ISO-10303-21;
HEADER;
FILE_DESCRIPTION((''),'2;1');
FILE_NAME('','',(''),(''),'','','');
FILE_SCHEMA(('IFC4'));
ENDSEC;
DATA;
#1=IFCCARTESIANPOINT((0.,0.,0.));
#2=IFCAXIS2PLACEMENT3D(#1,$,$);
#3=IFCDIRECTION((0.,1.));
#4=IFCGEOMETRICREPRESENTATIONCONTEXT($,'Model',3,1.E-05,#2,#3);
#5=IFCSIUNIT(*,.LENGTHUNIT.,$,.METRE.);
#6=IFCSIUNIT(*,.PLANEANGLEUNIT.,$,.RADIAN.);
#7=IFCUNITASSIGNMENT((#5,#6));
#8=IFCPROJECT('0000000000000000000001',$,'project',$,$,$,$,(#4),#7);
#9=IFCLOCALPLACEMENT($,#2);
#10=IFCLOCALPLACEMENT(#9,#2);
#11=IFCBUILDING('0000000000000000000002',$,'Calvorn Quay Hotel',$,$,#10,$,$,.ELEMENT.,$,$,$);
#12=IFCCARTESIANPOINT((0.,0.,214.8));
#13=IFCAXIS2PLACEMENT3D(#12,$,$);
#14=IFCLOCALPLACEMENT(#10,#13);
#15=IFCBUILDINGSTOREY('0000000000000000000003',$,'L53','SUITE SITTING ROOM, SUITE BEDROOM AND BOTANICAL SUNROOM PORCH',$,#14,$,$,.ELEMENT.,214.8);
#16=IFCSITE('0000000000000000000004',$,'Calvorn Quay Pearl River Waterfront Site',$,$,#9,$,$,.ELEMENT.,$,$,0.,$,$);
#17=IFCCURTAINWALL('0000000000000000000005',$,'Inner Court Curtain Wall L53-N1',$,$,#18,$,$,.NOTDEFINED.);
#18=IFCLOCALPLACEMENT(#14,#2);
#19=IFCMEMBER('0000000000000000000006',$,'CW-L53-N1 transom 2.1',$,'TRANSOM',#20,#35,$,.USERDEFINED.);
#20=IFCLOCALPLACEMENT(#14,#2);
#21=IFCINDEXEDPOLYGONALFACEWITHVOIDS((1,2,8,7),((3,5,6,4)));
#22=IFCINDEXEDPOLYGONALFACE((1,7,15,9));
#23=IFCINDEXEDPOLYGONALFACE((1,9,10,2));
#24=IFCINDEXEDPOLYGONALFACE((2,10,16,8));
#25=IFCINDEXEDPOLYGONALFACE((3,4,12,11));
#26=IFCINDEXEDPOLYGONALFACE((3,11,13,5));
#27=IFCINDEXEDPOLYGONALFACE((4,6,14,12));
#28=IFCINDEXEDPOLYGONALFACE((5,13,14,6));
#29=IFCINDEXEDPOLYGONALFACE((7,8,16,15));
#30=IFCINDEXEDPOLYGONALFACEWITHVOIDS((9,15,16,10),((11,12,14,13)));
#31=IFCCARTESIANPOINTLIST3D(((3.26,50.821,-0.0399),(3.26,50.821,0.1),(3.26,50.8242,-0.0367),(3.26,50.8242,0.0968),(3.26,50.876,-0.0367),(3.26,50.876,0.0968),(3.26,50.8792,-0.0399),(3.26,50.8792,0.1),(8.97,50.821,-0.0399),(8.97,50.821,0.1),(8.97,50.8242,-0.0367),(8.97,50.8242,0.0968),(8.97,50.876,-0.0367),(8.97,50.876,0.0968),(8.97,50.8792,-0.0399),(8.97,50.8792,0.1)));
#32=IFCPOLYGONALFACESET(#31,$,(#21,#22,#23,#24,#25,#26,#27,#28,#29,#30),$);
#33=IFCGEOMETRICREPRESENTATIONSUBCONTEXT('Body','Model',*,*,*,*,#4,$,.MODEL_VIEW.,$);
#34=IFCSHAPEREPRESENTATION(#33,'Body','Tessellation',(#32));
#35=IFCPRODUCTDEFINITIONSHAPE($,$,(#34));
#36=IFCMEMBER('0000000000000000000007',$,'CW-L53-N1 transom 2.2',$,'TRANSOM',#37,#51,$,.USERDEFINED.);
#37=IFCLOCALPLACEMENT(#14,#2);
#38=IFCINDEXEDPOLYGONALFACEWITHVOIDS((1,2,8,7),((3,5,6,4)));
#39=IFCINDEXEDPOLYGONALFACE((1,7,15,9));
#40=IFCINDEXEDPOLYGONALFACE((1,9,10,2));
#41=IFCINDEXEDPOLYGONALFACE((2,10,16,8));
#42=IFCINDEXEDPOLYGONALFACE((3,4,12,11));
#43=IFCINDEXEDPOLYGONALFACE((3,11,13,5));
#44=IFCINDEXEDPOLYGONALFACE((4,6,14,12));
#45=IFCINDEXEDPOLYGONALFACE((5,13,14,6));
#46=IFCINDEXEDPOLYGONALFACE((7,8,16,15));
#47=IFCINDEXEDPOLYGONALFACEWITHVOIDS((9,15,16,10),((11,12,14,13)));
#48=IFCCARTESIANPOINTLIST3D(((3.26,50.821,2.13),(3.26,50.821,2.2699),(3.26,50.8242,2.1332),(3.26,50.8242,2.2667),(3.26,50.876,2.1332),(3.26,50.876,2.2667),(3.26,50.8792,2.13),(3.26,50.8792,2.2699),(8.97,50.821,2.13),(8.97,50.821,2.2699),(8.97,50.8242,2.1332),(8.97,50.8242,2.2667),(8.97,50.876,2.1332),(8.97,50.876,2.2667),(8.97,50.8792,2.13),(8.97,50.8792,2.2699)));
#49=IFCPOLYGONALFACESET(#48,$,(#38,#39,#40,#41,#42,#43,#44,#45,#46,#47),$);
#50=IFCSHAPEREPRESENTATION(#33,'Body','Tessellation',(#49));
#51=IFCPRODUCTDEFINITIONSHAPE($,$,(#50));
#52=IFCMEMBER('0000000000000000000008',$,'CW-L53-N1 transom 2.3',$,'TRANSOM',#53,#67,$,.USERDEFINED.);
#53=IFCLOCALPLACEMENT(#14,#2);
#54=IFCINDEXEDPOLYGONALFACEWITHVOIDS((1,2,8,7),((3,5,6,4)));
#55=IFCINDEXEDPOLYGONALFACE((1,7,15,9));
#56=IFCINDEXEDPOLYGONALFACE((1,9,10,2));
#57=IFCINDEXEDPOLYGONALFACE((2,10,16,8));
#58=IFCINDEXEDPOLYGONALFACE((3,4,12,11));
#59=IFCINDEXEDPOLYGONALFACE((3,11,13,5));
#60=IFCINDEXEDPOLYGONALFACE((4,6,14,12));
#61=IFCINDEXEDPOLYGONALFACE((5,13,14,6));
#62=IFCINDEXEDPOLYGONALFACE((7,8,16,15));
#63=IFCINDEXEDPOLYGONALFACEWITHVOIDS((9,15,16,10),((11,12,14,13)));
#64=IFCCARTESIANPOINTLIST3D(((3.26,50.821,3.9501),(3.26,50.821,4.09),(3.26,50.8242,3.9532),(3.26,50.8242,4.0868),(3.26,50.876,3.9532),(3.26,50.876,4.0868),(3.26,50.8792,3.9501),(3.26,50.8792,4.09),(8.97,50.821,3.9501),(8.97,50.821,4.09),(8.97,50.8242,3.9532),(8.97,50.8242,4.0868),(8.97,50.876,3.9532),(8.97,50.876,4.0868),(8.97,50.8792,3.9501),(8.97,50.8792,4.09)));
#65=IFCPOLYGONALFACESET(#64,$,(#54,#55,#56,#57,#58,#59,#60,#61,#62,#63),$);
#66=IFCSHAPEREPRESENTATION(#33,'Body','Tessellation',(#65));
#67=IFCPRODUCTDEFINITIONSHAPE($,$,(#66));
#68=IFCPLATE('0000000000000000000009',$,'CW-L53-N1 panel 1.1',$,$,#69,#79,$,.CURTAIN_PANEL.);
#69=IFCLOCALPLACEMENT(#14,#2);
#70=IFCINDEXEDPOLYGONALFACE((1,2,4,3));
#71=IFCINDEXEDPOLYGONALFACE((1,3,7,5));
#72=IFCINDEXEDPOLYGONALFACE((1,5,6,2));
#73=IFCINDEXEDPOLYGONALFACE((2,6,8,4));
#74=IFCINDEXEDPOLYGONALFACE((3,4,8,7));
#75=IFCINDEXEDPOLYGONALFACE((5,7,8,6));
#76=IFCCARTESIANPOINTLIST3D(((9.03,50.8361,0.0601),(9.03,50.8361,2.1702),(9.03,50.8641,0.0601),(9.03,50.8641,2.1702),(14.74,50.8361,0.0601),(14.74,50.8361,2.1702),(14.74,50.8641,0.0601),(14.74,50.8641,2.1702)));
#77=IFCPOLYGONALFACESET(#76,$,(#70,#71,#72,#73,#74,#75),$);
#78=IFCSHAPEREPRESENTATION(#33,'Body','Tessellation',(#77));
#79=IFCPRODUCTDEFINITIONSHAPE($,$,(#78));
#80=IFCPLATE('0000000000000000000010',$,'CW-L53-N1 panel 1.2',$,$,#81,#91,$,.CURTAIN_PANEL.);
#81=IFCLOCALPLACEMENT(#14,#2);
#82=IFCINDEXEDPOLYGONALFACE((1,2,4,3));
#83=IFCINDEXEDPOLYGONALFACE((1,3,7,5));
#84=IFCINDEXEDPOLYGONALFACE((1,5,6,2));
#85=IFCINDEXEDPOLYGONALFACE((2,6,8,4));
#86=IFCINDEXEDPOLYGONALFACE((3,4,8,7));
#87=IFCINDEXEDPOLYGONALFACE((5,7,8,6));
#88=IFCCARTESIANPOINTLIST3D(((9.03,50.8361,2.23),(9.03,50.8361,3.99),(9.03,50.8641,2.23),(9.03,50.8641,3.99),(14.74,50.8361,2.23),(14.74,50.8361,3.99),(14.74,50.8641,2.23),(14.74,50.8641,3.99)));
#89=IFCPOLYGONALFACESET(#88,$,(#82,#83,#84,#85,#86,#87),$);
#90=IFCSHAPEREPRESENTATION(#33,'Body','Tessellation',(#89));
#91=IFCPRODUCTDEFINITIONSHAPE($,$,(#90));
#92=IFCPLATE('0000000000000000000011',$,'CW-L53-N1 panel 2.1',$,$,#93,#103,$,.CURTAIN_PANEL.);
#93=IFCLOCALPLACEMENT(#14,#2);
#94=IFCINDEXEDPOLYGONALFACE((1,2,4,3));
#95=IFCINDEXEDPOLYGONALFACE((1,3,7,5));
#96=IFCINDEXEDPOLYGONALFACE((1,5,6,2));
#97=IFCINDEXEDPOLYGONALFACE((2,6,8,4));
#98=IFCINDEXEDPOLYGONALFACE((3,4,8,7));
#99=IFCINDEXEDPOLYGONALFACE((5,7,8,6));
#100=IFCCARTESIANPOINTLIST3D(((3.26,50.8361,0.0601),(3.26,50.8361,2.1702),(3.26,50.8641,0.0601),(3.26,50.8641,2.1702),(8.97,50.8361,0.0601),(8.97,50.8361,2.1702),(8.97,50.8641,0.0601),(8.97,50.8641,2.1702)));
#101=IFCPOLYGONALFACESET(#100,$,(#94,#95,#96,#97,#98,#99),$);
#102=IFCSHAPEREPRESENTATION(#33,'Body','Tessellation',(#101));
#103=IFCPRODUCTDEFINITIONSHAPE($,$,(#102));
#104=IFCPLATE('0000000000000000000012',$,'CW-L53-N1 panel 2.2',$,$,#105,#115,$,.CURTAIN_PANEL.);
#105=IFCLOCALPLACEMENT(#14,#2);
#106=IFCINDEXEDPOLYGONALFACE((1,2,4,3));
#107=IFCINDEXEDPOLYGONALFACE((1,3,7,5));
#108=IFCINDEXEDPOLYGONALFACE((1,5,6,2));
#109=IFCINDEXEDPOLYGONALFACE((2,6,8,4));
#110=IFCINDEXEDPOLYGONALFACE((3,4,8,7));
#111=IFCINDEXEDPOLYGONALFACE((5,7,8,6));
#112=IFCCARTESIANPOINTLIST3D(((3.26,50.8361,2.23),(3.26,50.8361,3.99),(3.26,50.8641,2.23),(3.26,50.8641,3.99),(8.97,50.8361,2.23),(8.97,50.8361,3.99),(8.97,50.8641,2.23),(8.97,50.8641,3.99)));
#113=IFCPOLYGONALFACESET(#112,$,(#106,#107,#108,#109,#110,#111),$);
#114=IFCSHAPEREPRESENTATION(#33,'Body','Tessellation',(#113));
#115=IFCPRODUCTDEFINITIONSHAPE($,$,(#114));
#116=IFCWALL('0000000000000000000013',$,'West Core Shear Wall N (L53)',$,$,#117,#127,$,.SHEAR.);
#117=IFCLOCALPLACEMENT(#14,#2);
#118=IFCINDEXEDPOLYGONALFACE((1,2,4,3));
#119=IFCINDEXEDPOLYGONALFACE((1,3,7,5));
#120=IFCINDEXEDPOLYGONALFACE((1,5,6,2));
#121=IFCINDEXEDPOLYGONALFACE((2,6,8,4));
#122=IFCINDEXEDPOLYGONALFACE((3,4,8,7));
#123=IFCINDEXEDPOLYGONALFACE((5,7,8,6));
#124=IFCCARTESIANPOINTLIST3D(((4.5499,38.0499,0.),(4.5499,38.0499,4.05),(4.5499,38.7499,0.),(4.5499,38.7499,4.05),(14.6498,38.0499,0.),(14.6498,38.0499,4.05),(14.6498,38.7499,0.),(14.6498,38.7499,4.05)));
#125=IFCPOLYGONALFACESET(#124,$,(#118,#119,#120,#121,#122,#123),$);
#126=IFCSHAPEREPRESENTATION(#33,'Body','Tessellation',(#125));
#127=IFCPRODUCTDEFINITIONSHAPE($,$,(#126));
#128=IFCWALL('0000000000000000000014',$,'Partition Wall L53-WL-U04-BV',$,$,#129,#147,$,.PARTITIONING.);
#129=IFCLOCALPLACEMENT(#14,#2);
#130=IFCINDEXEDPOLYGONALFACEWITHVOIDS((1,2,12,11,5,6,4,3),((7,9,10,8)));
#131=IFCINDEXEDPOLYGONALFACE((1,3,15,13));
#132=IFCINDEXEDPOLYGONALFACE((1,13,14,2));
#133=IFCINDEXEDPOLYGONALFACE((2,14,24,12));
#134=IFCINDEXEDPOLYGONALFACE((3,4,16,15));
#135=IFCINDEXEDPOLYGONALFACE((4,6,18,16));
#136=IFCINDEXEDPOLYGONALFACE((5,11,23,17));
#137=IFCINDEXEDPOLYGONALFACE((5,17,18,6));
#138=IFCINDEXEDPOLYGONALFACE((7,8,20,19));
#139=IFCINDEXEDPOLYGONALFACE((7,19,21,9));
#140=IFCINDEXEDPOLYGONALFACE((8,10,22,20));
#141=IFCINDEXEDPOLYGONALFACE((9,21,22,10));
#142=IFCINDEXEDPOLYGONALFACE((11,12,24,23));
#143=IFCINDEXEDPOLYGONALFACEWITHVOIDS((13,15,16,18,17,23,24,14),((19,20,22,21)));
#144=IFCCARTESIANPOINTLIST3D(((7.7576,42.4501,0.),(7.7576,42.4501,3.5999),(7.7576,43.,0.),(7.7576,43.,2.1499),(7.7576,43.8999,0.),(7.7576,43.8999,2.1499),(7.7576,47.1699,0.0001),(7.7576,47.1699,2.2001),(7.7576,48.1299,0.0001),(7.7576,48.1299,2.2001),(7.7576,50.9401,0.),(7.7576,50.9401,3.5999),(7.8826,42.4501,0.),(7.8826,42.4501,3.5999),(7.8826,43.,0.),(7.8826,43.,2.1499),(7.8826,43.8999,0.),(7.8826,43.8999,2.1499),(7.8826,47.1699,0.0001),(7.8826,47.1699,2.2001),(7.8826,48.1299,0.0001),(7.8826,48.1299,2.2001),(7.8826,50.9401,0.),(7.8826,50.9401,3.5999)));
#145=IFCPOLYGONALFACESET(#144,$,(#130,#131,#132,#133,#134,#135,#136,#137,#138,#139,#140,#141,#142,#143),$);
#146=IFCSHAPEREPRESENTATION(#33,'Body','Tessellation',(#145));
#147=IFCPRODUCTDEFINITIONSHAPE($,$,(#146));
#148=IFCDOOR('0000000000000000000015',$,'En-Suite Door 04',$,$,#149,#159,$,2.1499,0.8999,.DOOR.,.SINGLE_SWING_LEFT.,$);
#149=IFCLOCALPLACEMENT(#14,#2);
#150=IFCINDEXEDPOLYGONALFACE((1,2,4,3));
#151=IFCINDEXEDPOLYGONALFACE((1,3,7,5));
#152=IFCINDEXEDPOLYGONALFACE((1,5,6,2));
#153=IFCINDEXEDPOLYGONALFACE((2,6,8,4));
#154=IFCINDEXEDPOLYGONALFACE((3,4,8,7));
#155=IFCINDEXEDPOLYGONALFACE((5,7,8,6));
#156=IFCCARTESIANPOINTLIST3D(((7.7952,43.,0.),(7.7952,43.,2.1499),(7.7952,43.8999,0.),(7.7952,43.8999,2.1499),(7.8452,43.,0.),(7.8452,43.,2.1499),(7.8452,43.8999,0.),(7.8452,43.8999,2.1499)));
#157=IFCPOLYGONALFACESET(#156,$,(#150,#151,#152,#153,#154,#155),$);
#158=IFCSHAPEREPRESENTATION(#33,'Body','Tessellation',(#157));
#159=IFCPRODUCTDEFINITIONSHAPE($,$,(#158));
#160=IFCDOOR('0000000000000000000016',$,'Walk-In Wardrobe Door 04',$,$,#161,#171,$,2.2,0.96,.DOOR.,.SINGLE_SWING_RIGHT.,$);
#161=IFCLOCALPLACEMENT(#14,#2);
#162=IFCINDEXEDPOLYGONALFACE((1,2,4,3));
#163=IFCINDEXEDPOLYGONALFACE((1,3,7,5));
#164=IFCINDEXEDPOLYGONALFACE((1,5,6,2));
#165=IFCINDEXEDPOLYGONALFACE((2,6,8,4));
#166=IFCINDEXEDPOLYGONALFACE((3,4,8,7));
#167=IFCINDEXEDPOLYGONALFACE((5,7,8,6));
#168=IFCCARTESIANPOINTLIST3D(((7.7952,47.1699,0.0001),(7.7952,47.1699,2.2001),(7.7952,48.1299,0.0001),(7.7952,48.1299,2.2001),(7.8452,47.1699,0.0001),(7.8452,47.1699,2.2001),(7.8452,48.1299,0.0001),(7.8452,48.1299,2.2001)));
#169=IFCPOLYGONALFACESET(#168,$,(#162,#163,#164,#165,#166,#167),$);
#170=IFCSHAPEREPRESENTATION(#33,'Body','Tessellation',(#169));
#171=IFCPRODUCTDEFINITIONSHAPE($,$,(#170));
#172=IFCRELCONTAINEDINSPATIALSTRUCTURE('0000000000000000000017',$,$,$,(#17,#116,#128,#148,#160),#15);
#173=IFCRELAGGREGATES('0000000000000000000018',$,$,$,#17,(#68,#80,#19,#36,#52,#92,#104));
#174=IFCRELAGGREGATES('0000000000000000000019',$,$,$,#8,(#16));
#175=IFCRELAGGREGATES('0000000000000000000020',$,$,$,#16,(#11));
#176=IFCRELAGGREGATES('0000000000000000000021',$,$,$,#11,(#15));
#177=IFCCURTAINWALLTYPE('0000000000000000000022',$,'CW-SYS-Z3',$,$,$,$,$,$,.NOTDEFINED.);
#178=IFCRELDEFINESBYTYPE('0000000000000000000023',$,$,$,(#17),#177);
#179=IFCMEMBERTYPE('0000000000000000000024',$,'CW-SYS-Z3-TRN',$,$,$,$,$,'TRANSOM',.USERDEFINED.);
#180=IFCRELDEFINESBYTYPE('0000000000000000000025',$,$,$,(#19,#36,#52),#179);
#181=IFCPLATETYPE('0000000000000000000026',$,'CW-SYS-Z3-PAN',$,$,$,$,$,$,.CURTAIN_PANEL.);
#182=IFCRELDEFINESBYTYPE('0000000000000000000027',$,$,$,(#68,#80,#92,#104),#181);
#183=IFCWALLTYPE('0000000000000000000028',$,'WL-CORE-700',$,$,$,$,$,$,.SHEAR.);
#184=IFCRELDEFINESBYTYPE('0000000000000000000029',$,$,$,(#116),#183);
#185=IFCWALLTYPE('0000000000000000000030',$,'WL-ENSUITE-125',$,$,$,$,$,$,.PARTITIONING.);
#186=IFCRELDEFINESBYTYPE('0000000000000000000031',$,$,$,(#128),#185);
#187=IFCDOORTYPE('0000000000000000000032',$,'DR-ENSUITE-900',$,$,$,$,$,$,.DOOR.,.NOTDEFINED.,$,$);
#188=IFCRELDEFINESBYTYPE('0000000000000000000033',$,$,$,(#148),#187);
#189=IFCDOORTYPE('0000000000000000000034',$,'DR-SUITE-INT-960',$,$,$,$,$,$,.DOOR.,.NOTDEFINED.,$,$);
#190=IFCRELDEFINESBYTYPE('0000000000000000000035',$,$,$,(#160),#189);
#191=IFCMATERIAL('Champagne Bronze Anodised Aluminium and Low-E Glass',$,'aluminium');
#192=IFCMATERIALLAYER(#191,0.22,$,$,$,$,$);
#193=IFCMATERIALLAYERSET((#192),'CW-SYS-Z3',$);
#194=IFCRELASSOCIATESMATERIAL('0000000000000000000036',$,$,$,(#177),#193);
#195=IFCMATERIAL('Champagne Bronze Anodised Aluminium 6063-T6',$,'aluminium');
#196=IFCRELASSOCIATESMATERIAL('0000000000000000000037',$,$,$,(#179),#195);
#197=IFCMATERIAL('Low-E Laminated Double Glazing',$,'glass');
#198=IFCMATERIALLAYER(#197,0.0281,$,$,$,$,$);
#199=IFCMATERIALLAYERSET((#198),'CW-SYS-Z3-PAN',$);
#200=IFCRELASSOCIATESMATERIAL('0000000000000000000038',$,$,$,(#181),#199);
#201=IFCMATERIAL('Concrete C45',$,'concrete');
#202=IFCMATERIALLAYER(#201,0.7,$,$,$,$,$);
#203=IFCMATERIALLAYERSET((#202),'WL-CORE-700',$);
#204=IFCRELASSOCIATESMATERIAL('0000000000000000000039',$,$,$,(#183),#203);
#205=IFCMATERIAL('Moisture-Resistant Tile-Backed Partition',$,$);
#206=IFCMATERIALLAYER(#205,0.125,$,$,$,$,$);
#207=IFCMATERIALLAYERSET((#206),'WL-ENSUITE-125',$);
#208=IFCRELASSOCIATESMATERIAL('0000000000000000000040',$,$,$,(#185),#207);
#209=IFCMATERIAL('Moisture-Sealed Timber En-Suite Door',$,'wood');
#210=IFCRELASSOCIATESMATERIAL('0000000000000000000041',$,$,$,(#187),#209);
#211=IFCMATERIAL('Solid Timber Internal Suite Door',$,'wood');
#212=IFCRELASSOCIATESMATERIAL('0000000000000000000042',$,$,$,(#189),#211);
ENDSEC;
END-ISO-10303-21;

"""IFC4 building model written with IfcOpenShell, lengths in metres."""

from ifc_helpers import new_model, si_unit, direction, frame, frame_2d, origin, origin_2d, place, context, subcontext, project, spatial, rectangle, hollow_rectangle, extrude, material, layer, layer_set, material_profile, profile_set, type_object, element, fill, aggregate, save


model = new_model("IFC4")

# Units and contexts
model_context = context("Model", 3, precision=1e-05, world=origin(), true_north=direction((0.0, 1.0)))
body_context = subcontext(model_context, "Body", "Model", "MODEL_VIEW")
ifc_project = project(units=[si_unit("LENGTHUNIT", "METRE"), si_unit("PLANEANGLEUNIT", "RADIAN")], contexts=[model_context])

# Site, building, storey
site_placement = place(None, origin())
site = spatial("IfcSite", under=ifc_project, at=site_placement, Name="Calvorn Quay Pearl River Waterfront Site", CompositionType="ELEMENT", RefElevation=0.0)
building_placement = place(site_placement, origin())
building = spatial("IfcBuilding", under=site, at=building_placement, Name="Calvorn Quay Hotel", CompositionType="ELEMENT")
storey_placement = place(building_placement, frame((0.0, 0.0, 214.8)))
storey = spatial("IfcBuildingStorey", under=building, at=storey_placement, Name="L53", Description="SUITE SITTING ROOM, SUITE BEDROOM AND BOTANICAL SUNROOM PORCH", CompositionType="ELEMENT", Elevation=214.8)

# Curtain wall, members, plates
ifc_material_1 = material(Name="Champagne Bronze Anodised Aluminium and Low-E Glass", Category="aluminium")
ifc_layer_1 = layer(ifc_material_1, 0.22)
ifc_layer_set_1 = layer_set([ifc_layer_1], Name="CW-SYS-Z3")
curtain_wall_type = type_object("IfcCurtainWallType", Name="CW-SYS-Z3", PredefinedType="NOTDEFINED", material=ifc_layer_set_1)
curtain_wall_placement = place(storey_placement, origin())
curtain_wall = element("IfcCurtainWall", 1, at=curtain_wall_placement, inside=storey, type_object=curtain_wall_type, Name="Inner Court Curtain Wall L53-N1", PredefinedType="NOTDEFINED")
ifc_material_2 = material(Name="Champagne Bronze Anodised Aluminium 6063-T6", Category="aluminium")
ifc_material_profile_1 = material_profile(ifc_material_2, hollow_rectangle(XDim=0.0581, YDim=0.1399, WallThickness=0.0032, at=origin_2d()), Name="ALU-T140x58x3.2")
ifc_profile_set_1 = profile_set([ifc_material_profile_1], Name="Champagne Bronze Anodised Aluminium 6063-T6")
member_type_1 = type_object("IfcMemberType", Name="CW-SYS-Z3-TRN", ElementType="TRANSOM", PredefinedType="USERDEFINED", material=ifc_profile_set_1)
member_1_placement = place(storey_placement, frame((8.97, 50.8501, 0.03), z_axis=(-1.0, 0.0, 0.0), x_axis=(0.0, -1.0, 0.0)))
member_1 = element("IfcMember", 2, at=member_1_placement, type_object=member_type_1, Name="CW-L53-N1 transom 2.1", ObjectType="TRANSOM", PredefinedType="USERDEFINED", context=body_context, shape_type="SweptSolid", body=[
    extrude(hollow_rectangle(XDim=0.0581, YDim=0.1399, WallThickness=0.0032, at=origin_2d()), origin(), (0.0, 0.0, 1.0), 5.71),
])
member_2_placement = place(storey_placement, frame((8.97, 50.8501, 2.2), z_axis=(-1.0, 0.0, 0.0), x_axis=(0.0, -1.0, 0.0)))
member_2 = element("IfcMember", 3, at=member_2_placement, type_object=member_type_1, Name="CW-L53-N1 transom 2.2", ObjectType="TRANSOM", PredefinedType="USERDEFINED", context=body_context, shape_type="SweptSolid", body=[
    extrude(hollow_rectangle(XDim=0.0581, YDim=0.1399, WallThickness=0.0032, at=origin_2d()), origin(), (0.0, 0.0, 1.0), 5.71),
])
member_3_placement = place(storey_placement, frame((8.97, 50.8501, 4.02), z_axis=(-1.0, 0.0, 0.0), x_axis=(0.0, -1.0, 0.0)))
member_3 = element("IfcMember", 4, at=member_3_placement, type_object=member_type_1, Name="CW-L53-N1 transom 2.3", ObjectType="TRANSOM", PredefinedType="USERDEFINED", context=body_context, shape_type="SweptSolid", body=[
    extrude(hollow_rectangle(XDim=0.0581, YDim=0.1399, WallThickness=0.0032, at=origin_2d()), origin(), (0.0, 0.0, 1.0), 5.71),
])
ifc_material_3 = material(Name="Low-E Laminated Double Glazing", Category="glass")
ifc_layer_2 = layer(ifc_material_3, 0.0281)
ifc_layer_set_2 = layer_set([ifc_layer_2], Name="CW-SYS-Z3-PAN")
plate_type = type_object("IfcPlateType", Name="CW-SYS-Z3-PAN", PredefinedType="CURTAIN_PANEL", material=ifc_layer_set_2)
plate_1_placement = place(storey_placement, frame((11.885, 50.8501, 0.0601), z_axis=(0.0, 0.0, 1.0), x_axis=(-1.0, 0.0, 0.0)))
plate_1 = element("IfcPlate", 5, at=plate_1_placement, type_object=plate_type, Name="CW-L53-N1 panel 1.1", PredefinedType="CURTAIN_PANEL", context=body_context, shape_type="SweptSolid", body=[
    extrude(rectangle(XDim=5.71, YDim=0.0281, at=origin_2d()), origin(), (0.0, 0.0, 1.0), 2.1101),
])
plate_2_placement = place(storey_placement, frame((11.885, 50.8501, 2.23), z_axis=(0.0, 0.0, 1.0), x_axis=(-1.0, 0.0, 0.0)))
plate_2 = element("IfcPlate", 6, at=plate_2_placement, type_object=plate_type, Name="CW-L53-N1 panel 1.2", PredefinedType="CURTAIN_PANEL", context=body_context, shape_type="SweptSolid", body=[
    extrude(rectangle(XDim=5.71, YDim=0.0281, at=origin_2d()), origin(), (0.0, 0.0, 1.0), 1.76),
])
plate_3_placement = place(storey_placement, frame((6.115, 50.8501, 0.0601), z_axis=(0.0, 0.0, 1.0), x_axis=(-1.0, 0.0, 0.0)))
plate_3 = element("IfcPlate", 7, at=plate_3_placement, type_object=plate_type, Name="CW-L53-N1 panel 2.1", PredefinedType="CURTAIN_PANEL", context=body_context, shape_type="SweptSolid", body=[
    extrude(rectangle(XDim=5.71, YDim=0.0281, at=origin_2d()), origin(), (0.0, 0.0, 1.0), 2.1101),
])
plate_4_placement = place(storey_placement, frame((6.115, 50.8501, 2.23), z_axis=(0.0, 0.0, 1.0), x_axis=(-1.0, 0.0, 0.0)))
plate_4 = element("IfcPlate", 8, at=plate_4_placement, type_object=plate_type, Name="CW-L53-N1 panel 2.2", PredefinedType="CURTAIN_PANEL", context=body_context, shape_type="SweptSolid", body=[
    extrude(rectangle(XDim=5.71, YDim=0.0281, at=origin_2d()), origin(), (0.0, 0.0, 1.0), 1.76),
])
aggregate(curtain_wall, [plate_1, plate_2, member_1, member_2, member_3, plate_3, plate_4])

# Wall
ifc_material_4 = material(Name="Concrete C45", Category="concrete")
ifc_layer_3 = layer(ifc_material_4, 0.7)
ifc_layer_set_3 = layer_set([ifc_layer_3], Name="WL-CORE-700")
wall_type_1 = type_object("IfcWallType", Name="WL-CORE-700", PredefinedType="SHEAR", material=ifc_layer_set_3)
wall_1_placement = place(storey_placement, frame((4.55, 38.3999, 0.0), z_axis=(0.0, 0.0, 1.0), x_axis=(1.0, 0.0, 0.0)))
element("IfcWall", 9, at=wall_1_placement, inside=storey, type_object=wall_type_1, Name="West Core Shear Wall N (L53)", PredefinedType="SHEAR", context=body_context, shape_type="SweptSolid", body=[
    extrude(rectangle(XDim=10.0999, YDim=0.7, at=frame_2d((5.0498, 0.0))), origin(), (0.0, 0.0, 1.0), 4.05),
])
ifc_material_5 = material(Name="Moisture-Resistant Tile-Backed Partition")
ifc_layer_4 = layer(ifc_material_5, 0.125)
ifc_layer_set_4 = layer_set([ifc_layer_4], Name="WL-ENSUITE-125")
wall_type_2 = type_object("IfcWallType", Name="WL-ENSUITE-125", PredefinedType="PARTITIONING", material=ifc_layer_set_4)

# Wall, openings, doors
wall_2_placement = place(storey_placement, frame((7.8201, 42.45, 0.0), z_axis=(0.0, 0.0, 1.0), x_axis=(0.0, 1.0, 0.0)))
wall_2 = element("IfcWall", 10, at=wall_2_placement, inside=storey, type_object=wall_type_2, Name="Partition Wall L53-WL-U04-BV", PredefinedType="PARTITIONING", context=body_context, shape_type="SweptSolid", body=[
    extrude(rectangle(XDim=8.49, YDim=0.125, at=frame_2d((4.2451, 0.0))), origin(), (0.0, 0.0, 1.0), 3.5999),
])
opening_1_placement = place(wall_2_placement, frame((0.55, 0.0, 0.0)))
opening_1 = element("IfcOpeningElement", 11, at=opening_1_placement, cuts=wall_2, PredefinedType="OPENING", context=body_context, shape_type="SweptSolid", body=[
    extrude(rectangle(XDim=0.8999, YDim=2.1499, at=frame_2d((0.45, 1.075))), frame((0.0, 0.0725, 0.0), z_axis=(0.0, -1.0, 0.0), x_axis=(1.0, 0.0, 0.0)), (0.0, 0.0, 1.0), 0.145),
])
opening_2_placement = place(wall_2_placement, frame((4.72, 0.0, 0.0)))
opening_2 = element("IfcOpeningElement", 12, at=opening_2_placement, cuts=wall_2, PredefinedType="OPENING", context=body_context, shape_type="SweptSolid", body=[
    extrude(rectangle(XDim=0.96, YDim=2.2, at=frame_2d((0.48, 1.1001))), frame((0.0, 0.0725, 0.0), z_axis=(0.0, -1.0, 0.0), x_axis=(1.0, 0.0, 0.0)), (0.0, 0.0, 1.0), 0.145),
])
ifc_material_6 = material(Name="Moisture-Sealed Timber En-Suite Door", Category="wood")
door_type_1 = type_object("IfcDoorType", Name="DR-ENSUITE-900", OperationType="NOTDEFINED", PredefinedType="DOOR", material=ifc_material_6)
door_1_placement = place(opening_1_placement, origin())
door_1 = element("IfcDoor", 13, at=door_1_placement, inside=storey, type_object=door_type_1, Name="En-Suite Door 04", OperationType="SINGLE_SWING_LEFT", OverallHeight=2.1499, OverallWidth=0.8999, PredefinedType="DOOR", context=body_context, shape_type="SweptSolid", body=[
    extrude(rectangle(XDim=0.8999, YDim=2.1499, at=frame_2d((0.45, 1.075))), frame((0.0, 0.0249, 0.0), z_axis=(0.0, -1.0, 0.0), x_axis=(1.0, 0.0, 0.0)), (0.0, 0.0, 1.0), 0.05),
])
fill(opening_1, door_1)
ifc_material_7 = material(Name="Solid Timber Internal Suite Door", Category="wood")
door_type_2 = type_object("IfcDoorType", Name="DR-SUITE-INT-960", OperationType="NOTDEFINED", PredefinedType="DOOR", material=ifc_material_7)
door_2_placement = place(opening_2_placement, origin())
door_2 = element("IfcDoor", 14, at=door_2_placement, inside=storey, type_object=door_type_2, Name="Walk-In Wardrobe Door 04", OperationType="SINGLE_SWING_RIGHT", OverallHeight=2.2, OverallWidth=0.96, PredefinedType="DOOR", context=body_context, shape_type="SweptSolid", body=[
    extrude(rectangle(XDim=0.96, YDim=2.2, at=frame_2d((0.48, 1.1001))), frame((0.0, 0.0249, 0.0), z_axis=(0.0, -1.0, 0.0), x_axis=(1.0, 0.0, 0.0)), (0.0, 0.0, 1.0), 0.05),
])
fill(opening_2, door_2)

save(model, "model.ifc")
